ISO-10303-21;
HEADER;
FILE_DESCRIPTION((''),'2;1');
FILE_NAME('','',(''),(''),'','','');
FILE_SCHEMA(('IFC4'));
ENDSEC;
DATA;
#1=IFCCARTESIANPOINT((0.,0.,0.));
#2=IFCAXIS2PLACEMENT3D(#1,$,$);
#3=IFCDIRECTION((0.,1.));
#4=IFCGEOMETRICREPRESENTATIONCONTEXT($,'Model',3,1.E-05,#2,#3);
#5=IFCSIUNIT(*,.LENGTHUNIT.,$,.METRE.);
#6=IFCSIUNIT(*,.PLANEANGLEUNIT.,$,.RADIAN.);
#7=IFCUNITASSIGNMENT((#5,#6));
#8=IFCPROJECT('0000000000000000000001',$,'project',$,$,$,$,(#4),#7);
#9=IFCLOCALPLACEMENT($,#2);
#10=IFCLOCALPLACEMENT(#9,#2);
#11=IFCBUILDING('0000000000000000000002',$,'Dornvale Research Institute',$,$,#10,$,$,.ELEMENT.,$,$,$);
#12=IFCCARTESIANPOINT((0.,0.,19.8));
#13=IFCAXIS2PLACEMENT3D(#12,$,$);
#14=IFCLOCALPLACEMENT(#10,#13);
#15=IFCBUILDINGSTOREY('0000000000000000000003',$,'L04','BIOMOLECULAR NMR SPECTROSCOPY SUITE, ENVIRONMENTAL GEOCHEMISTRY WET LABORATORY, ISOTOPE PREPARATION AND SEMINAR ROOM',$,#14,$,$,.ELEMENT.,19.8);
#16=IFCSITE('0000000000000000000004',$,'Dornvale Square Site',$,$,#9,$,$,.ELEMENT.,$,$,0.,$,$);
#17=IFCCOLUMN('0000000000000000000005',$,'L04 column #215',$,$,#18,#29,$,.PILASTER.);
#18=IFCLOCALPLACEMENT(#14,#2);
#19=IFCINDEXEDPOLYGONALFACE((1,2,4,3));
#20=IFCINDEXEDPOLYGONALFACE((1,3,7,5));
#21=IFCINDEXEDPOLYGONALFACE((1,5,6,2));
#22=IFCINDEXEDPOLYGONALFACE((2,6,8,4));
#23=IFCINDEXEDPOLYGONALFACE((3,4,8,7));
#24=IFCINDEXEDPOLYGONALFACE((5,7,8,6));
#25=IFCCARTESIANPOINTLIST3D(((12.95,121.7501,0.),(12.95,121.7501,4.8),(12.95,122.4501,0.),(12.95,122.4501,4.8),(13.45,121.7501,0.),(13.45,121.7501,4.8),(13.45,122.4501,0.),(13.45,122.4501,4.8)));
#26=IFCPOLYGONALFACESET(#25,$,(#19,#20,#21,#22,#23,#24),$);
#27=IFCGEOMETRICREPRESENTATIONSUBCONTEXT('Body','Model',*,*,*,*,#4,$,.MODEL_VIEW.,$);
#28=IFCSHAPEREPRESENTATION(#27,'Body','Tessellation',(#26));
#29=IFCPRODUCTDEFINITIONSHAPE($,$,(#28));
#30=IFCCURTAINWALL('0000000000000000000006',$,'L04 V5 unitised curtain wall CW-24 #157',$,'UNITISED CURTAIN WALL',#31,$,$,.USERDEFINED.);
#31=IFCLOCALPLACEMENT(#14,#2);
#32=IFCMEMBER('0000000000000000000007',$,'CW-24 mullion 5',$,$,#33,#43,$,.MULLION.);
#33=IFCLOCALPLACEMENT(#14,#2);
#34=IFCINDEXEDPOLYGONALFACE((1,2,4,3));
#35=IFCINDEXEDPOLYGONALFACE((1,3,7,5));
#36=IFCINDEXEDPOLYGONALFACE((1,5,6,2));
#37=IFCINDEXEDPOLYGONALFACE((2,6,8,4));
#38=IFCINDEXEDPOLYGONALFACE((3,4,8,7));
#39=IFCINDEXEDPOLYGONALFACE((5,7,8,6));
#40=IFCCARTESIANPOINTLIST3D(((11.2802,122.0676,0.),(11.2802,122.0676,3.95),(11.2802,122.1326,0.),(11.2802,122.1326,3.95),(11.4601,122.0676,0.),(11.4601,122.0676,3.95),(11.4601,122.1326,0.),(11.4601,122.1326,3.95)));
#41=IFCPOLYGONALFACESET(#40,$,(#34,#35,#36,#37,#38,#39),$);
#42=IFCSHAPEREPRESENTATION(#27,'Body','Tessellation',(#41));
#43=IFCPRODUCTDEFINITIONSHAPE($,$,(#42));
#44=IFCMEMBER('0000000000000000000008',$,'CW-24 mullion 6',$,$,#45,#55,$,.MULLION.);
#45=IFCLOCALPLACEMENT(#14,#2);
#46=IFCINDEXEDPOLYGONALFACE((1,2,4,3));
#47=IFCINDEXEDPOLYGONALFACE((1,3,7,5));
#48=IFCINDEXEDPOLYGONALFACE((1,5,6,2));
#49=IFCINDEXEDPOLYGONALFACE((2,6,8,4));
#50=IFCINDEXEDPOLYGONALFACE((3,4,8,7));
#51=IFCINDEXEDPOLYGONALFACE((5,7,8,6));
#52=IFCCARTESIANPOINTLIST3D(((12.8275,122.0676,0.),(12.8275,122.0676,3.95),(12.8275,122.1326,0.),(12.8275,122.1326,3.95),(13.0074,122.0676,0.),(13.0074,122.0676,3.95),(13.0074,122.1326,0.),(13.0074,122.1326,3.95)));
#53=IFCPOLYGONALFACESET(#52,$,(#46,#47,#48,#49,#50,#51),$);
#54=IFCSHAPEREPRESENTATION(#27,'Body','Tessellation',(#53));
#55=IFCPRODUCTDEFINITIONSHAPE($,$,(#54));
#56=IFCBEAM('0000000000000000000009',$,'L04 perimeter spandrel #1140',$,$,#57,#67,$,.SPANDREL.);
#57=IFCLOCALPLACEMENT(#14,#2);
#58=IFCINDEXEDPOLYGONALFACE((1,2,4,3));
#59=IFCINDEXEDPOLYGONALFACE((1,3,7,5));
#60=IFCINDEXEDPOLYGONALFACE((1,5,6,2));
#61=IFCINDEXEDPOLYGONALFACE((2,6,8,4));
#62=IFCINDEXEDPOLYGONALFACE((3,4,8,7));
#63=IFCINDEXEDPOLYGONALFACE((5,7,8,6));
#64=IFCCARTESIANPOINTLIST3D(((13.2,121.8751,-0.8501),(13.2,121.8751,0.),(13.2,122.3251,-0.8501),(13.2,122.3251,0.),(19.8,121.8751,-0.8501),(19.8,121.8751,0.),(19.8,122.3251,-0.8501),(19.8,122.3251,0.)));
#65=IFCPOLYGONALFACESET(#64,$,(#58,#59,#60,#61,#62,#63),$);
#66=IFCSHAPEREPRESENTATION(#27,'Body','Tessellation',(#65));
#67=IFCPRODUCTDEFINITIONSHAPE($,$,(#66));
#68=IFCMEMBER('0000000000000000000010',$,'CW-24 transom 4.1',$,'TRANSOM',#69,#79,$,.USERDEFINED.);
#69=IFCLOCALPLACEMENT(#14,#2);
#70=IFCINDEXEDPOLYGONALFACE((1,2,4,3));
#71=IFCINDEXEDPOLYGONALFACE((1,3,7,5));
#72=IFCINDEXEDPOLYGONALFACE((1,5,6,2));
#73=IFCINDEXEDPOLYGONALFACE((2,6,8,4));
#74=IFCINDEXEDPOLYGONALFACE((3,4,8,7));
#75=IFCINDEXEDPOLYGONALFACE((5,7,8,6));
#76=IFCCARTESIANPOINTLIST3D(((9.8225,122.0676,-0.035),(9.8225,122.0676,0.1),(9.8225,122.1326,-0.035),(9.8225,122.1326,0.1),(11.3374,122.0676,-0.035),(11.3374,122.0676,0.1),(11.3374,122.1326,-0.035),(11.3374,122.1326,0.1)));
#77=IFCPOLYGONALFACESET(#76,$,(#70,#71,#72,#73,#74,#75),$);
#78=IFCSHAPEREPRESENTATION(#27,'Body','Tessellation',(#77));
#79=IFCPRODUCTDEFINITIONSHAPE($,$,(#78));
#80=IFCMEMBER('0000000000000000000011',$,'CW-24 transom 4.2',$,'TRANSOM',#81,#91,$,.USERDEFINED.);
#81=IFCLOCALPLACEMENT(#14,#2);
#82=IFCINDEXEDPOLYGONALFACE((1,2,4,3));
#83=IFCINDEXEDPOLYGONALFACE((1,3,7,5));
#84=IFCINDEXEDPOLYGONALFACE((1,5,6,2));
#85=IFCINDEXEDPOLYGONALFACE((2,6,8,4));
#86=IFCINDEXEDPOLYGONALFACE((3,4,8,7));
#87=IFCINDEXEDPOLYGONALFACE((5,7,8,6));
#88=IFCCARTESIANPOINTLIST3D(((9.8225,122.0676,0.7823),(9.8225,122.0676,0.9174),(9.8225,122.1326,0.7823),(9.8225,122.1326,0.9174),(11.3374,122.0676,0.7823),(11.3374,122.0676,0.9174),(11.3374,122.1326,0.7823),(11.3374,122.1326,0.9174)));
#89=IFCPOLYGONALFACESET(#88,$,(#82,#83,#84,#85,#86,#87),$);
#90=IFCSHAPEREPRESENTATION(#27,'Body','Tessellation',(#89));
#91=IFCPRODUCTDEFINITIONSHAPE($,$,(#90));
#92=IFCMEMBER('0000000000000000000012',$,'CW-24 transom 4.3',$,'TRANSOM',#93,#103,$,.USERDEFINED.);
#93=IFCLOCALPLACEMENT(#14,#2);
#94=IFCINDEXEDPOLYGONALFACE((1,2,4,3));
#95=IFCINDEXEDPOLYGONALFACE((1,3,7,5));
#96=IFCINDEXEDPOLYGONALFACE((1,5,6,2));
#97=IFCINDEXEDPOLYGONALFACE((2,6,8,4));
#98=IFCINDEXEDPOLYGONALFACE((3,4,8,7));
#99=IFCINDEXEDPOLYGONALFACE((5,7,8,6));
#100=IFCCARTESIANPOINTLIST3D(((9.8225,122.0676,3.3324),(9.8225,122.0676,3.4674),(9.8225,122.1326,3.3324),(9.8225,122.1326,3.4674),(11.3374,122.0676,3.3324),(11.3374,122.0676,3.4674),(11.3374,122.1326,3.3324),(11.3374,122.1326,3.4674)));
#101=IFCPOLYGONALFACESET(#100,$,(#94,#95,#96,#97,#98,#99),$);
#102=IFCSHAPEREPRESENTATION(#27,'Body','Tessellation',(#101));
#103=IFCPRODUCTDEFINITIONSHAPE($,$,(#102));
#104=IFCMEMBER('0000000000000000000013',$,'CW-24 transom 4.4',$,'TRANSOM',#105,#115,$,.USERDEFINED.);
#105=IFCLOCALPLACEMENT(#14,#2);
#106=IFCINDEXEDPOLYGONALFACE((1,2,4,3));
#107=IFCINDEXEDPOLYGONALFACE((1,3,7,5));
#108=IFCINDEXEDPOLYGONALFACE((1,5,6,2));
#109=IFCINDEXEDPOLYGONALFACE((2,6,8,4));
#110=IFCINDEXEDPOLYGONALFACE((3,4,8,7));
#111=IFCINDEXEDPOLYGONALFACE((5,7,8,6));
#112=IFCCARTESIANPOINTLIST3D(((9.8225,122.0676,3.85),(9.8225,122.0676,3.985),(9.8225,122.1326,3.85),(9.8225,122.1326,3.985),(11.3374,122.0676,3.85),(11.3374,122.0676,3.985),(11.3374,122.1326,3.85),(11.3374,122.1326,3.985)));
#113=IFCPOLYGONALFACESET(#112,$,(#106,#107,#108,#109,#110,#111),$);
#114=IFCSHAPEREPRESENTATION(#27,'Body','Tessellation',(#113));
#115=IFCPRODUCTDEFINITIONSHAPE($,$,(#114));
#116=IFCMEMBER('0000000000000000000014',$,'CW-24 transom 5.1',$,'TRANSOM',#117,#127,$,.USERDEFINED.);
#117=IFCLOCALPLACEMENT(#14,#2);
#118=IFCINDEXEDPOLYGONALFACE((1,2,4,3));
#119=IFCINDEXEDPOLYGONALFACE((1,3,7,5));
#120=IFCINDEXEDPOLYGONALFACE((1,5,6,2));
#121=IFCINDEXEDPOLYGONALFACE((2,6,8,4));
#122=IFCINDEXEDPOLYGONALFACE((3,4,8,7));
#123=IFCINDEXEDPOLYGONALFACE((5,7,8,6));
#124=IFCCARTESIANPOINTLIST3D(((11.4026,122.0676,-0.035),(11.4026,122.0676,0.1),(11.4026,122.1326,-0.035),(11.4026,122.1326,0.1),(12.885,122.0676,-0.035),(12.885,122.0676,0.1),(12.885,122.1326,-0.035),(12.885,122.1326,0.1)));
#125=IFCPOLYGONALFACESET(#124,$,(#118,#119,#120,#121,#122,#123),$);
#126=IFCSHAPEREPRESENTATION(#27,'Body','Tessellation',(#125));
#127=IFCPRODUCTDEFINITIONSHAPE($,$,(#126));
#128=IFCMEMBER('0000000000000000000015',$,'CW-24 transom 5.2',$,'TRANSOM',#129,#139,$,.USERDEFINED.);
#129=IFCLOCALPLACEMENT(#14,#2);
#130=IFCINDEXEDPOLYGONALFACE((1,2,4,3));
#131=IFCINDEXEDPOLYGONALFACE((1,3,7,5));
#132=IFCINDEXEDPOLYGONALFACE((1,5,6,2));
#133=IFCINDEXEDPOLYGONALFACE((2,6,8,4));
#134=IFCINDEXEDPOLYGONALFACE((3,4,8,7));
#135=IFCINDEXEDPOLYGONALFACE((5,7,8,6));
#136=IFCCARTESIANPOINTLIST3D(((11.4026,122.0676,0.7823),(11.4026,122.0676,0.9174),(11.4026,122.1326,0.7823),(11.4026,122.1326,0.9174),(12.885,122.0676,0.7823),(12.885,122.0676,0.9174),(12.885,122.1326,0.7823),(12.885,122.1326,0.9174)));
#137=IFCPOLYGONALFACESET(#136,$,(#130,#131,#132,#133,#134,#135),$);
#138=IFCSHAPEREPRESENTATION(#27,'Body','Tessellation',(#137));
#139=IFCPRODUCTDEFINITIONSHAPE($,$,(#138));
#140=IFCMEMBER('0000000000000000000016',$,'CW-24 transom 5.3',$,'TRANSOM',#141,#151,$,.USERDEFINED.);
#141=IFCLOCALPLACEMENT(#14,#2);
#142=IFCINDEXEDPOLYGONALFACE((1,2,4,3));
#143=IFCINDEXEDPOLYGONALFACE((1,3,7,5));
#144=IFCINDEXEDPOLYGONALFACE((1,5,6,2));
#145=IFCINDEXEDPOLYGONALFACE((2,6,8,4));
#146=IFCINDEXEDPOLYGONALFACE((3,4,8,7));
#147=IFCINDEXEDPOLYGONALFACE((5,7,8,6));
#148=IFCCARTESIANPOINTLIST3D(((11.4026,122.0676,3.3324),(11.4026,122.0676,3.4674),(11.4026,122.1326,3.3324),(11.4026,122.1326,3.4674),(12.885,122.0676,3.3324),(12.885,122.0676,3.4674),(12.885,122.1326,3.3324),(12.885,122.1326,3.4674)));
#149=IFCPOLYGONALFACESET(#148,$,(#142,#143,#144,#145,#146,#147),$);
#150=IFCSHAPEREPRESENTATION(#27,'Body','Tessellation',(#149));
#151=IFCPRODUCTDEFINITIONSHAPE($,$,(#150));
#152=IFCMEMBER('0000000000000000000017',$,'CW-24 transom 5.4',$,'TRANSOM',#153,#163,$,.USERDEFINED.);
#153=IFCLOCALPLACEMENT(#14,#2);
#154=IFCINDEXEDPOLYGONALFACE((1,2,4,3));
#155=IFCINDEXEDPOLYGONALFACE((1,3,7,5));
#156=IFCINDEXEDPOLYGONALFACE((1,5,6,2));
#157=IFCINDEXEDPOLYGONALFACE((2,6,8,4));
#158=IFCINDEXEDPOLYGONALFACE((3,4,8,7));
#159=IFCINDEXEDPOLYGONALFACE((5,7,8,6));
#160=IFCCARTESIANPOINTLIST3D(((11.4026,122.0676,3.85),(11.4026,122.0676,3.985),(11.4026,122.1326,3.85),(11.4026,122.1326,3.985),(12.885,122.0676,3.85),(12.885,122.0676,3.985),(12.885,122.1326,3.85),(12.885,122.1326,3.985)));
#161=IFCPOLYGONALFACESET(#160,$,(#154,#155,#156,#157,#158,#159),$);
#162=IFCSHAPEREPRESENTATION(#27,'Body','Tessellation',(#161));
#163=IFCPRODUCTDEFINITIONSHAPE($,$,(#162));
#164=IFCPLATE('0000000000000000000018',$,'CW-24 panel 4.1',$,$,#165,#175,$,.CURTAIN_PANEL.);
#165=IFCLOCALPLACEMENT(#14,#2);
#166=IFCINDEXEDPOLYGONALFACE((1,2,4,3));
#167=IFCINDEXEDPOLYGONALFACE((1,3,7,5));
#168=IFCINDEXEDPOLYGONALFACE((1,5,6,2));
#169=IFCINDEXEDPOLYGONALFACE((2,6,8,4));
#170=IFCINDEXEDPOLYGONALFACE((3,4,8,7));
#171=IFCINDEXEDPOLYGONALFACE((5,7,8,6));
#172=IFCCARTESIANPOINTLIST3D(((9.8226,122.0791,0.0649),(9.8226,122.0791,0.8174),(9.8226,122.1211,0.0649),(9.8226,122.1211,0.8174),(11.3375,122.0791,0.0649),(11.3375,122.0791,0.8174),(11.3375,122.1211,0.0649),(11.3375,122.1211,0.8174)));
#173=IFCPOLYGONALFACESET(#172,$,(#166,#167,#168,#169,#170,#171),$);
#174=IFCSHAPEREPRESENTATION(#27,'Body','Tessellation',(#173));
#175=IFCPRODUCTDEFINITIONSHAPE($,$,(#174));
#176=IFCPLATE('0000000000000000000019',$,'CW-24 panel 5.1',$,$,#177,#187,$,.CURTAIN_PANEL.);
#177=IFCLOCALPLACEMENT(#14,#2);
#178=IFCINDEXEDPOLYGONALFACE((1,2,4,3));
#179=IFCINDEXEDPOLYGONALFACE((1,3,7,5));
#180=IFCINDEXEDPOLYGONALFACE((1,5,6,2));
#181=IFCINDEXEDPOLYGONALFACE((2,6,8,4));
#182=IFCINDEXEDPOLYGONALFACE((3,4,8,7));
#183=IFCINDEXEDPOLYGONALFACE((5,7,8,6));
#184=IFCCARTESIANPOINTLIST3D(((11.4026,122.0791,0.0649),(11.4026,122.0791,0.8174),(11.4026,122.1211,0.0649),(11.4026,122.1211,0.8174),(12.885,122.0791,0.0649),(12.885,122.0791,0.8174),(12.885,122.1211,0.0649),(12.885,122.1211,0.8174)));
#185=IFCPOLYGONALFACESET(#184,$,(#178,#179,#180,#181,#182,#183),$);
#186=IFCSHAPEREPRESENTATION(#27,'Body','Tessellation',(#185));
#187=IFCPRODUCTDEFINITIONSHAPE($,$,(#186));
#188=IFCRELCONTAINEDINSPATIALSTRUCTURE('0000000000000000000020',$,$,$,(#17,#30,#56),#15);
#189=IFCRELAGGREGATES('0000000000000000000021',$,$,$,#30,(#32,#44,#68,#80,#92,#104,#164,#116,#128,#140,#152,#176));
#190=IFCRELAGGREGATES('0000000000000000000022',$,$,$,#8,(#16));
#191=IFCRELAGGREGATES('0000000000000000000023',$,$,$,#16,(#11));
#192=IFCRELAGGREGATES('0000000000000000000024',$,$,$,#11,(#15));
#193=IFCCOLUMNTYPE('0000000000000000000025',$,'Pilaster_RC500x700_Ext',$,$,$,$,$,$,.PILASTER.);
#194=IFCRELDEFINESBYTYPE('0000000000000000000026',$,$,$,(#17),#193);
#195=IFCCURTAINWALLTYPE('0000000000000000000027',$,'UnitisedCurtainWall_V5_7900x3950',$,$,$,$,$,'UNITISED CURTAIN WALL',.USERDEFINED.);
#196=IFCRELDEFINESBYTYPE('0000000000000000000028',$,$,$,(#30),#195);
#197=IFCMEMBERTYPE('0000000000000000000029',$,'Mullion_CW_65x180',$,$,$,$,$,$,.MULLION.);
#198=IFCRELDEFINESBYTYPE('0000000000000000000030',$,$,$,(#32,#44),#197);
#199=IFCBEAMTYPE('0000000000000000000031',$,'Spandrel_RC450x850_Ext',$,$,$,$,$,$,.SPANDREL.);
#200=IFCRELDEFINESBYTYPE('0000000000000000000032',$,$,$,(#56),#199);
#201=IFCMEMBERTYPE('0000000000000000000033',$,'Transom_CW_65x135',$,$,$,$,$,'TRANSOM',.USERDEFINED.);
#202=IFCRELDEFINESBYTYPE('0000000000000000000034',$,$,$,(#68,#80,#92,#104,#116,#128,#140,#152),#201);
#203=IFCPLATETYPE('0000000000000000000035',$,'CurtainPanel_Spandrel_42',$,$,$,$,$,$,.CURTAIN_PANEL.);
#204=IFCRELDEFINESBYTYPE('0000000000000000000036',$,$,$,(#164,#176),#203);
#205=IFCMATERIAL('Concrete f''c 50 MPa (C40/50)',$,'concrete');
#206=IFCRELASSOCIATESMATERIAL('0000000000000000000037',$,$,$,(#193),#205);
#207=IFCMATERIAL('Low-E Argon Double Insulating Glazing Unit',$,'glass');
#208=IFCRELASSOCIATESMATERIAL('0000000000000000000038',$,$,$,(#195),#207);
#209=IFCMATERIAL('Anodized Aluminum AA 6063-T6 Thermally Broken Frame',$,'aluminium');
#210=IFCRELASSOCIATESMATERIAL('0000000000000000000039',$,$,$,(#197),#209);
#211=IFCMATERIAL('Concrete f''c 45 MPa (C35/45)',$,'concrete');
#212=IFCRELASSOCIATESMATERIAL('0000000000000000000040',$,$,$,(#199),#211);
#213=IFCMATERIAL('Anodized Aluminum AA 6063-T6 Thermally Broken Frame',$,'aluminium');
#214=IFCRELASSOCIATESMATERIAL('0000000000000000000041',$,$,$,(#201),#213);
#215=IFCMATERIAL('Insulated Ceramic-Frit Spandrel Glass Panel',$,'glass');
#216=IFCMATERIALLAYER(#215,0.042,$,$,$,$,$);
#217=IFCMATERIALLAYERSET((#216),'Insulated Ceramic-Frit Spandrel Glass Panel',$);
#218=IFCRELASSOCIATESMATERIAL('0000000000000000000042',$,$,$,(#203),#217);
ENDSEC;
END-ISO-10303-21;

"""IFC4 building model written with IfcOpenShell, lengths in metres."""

from ifc_helpers import new_model, si_unit, direction, frame, origin, origin_2d, place, context, subcontext, project, spatial, rectangle, extrude, material, layer, layer_set, material_profile, profile_set, type_object, element, aggregate, save


model = new_model("IFC4")

# Units and contexts
model_context = context("Model", 3, precision=1e-05, world=origin(), true_north=direction((0.0, 1.0)))
body_context = subcontext(model_context, "Body", "Model", "MODEL_VIEW")
ifc_project = project(units=[si_unit("LENGTHUNIT", "METRE"), si_unit("PLANEANGLEUNIT", "RADIAN")], contexts=[model_context])

# Site, building, storey
site_placement = place(None, origin())
site = spatial("IfcSite", under=ifc_project, at=site_placement, Name="Dornvale Square Site", CompositionType="ELEMENT", RefElevation=0.0)
building_placement = place(site_placement, origin())
building = spatial("IfcBuilding", under=site, at=building_placement, Name="Dornvale Research Institute", CompositionType="ELEMENT")
storey_placement = place(building_placement, frame((0.0, 0.0, 19.8)))
storey = spatial("IfcBuildingStorey", under=building, at=storey_placement, Name="L04", Description="BIOMOLECULAR NMR SPECTROSCOPY SUITE, ENVIRONMENTAL GEOCHEMISTRY WET LABORATORY, ISOTOPE PREPARATION AND SEMINAR ROOM", CompositionType="ELEMENT", Elevation=19.8)

# Column
ifc_material_1 = material(Name="Concrete f'c 50 MPa (C40/50)", Category="concrete")
ifc_material_profile_1 = material_profile(ifc_material_1, rectangle(XDim=0.5, YDim=0.7, at=origin_2d()), Name="RC 500x700")
ifc_profile_set_1 = profile_set([ifc_material_profile_1], Name="Concrete f'c 50 MPa (C40/50)")
column_type = type_object("IfcColumnType", Name="Pilaster_RC500x700_Ext", PredefinedType="PILASTER", material=ifc_profile_set_1)
column_placement = place(storey_placement, frame((13.2, 122.1001, 0.0), z_axis=(0.0, 0.0, 1.0), x_axis=(1.0, 0.0, 0.0)))
element("IfcColumn", 1, at=column_placement, inside=storey, type_object=column_type, Name="L04 column #215", PredefinedType="PILASTER", context=body_context, shape_type="SweptSolid", body=[
    extrude(rectangle(XDim=0.5, YDim=0.7, at=origin_2d()), origin(), (0.0, 0.0, 1.0), 4.8),
])

# Curtain wall, members
ifc_material_2 = material(Name="Low-E Argon Double Insulating Glazing Unit", Category="glass")
curtain_wall_type = type_object("IfcCurtainWallType", Name="UnitisedCurtainWall_V5_7900x3950", ElementType="UNITISED CURTAIN WALL", PredefinedType="USERDEFINED", material=ifc_material_2)
curtain_wall_placement = place(storey_placement, origin())
curtain_wall = element("IfcCurtainWall", 2, at=curtain_wall_placement, inside=storey, type_object=curtain_wall_type, Name="L04 V5 unitised curtain wall CW-24 #157", ObjectType="UNITISED CURTAIN WALL", PredefinedType="USERDEFINED")
ifc_material_3 = material(Name="Anodized Aluminum AA 6063-T6 Thermally Broken Frame", Category="aluminium")
ifc_material_profile_2 = material_profile(ifc_material_3, rectangle(XDim=0.0649, YDim=0.1799, at=origin_2d()), Name="ALU MULLION 65x180")
ifc_profile_set_2 = profile_set([ifc_material_profile_2], Name="Anodized Aluminum AA 6063-T6 Thermally Broken Frame")
member_type_1 = type_object("IfcMemberType", Name="Mullion_CW_65x180", PredefinedType="MULLION", material=ifc_profile_set_2)
member_1_placement = place(storey_placement, frame((11.3701, 122.1001, 0.0), z_axis=(0.0, 0.0, 1.0), x_axis=(0.0, 1.0, 0.0)))
member_1 = element("IfcMember", 3, at=member_1_placement, type_object=member_type_1, Name="CW-24 mullion 5", PredefinedType="MULLION", context=body_context, shape_type="SweptSolid", body=[
    extrude(rectangle(XDim=0.0649, YDim=0.1799, at=origin_2d()), origin(), (0.0, 0.0, 1.0), 3.95),
])
member_2_placement = place(storey_placement, frame((12.9175, 122.1001, 0.0), z_axis=(0.0, 0.0, 1.0), x_axis=(0.0, 1.0, 0.0)))
member_2 = element("IfcMember", 4, at=member_2_placement, type_object=member_type_1, Name="CW-24 mullion 6", PredefinedType="MULLION", context=body_context, shape_type="SweptSolid", body=[
    extrude(rectangle(XDim=0.0649, YDim=0.1799, at=origin_2d()), origin(), (0.0, 0.0, 1.0), 3.95),
])

# Beam
ifc_material_4 = material(Name="Concrete f'c 45 MPa (C35/45)", Category="concrete")
ifc_material_profile_3 = material_profile(ifc_material_4, rectangle(XDim=0.45, YDim=0.8501, at=origin_2d()), Name="RC 450x850")
ifc_profile_set_3 = profile_set([ifc_material_profile_3], Name="Concrete f'c 45 MPa (C35/45)")
beam_type = type_object("IfcBeamType", Name="Spandrel_RC450x850_Ext", PredefinedType="SPANDREL", material=ifc_profile_set_3)
beam_placement = place(storey_placement, frame((13.2, 122.1001, -0.425), z_axis=(1.0, 0.0, 0.0), x_axis=(0.0, 1.0, 0.0)))
element("IfcBeam", 5, at=beam_placement, inside=storey, type_object=beam_type, Name="L04 perimeter spandrel #1140", PredefinedType="SPANDREL", context=body_context, shape_type="SweptSolid", body=[
    extrude(rectangle(XDim=0.45, YDim=0.8501, at=origin_2d()), origin(), (0.0, 0.0, 1.0), 6.6001),
])

# Members
ifc_material_5 = material(Name="Anodized Aluminum AA 6063-T6 Thermally Broken Frame", Category="aluminium")
ifc_material_profile_4 = material_profile(ifc_material_5, rectangle(XDim=0.0649, YDim=0.135, at=origin_2d()), Name="ALU TRANSOM 65x135")
ifc_profile_set_4 = profile_set([ifc_material_profile_4], Name="Anodized Aluminum AA 6063-T6 Thermally Broken Frame")
member_type_2 = type_object("IfcMemberType", Name="Transom_CW_65x135", ElementType="TRANSOM", PredefinedType="USERDEFINED", material=ifc_profile_set_4)
member_3_placement = place(storey_placement, frame((9.8225, 122.1001, 0.0325), z_axis=(1.0, 0.0, 0.0), x_axis=(0.0, 1.0, 0.0)))
member_3 = element("IfcMember", 6, at=member_3_placement, type_object=member_type_2, Name="CW-24 transom 4.1", ObjectType="TRANSOM", PredefinedType="USERDEFINED", context=body_context, shape_type="SweptSolid", body=[
    extrude(rectangle(XDim=0.0649, YDim=0.135, at=origin_2d()), origin(), (0.0, 0.0, 1.0), 1.5149),
])
member_4_placement = place(storey_placement, frame((9.8225, 122.1001, 0.8499), z_axis=(1.0, 0.0, 0.0), x_axis=(0.0, 1.0, 0.0)))
member_4 = element("IfcMember", 7, at=member_4_placement, type_object=member_type_2, Name="CW-24 transom 4.2", ObjectType="TRANSOM", PredefinedType="USERDEFINED", context=body_context, shape_type="SweptSolid", body=[
    extrude(rectangle(XDim=0.0649, YDim=0.135, at=origin_2d()), origin(), (0.0, 0.0, 1.0), 1.5149),
])
member_5_placement = place(storey_placement, frame((9.8225, 122.1001, 3.3999), z_axis=(1.0, 0.0, 0.0), x_axis=(0.0, 1.0, 0.0)))
member_5 = element("IfcMember", 8, at=member_5_placement, type_object=member_type_2, Name="CW-24 transom 4.3", ObjectType="TRANSOM", PredefinedType="USERDEFINED", context=body_context, shape_type="SweptSolid", body=[
    extrude(rectangle(XDim=0.0649, YDim=0.135, at=origin_2d()), origin(), (0.0, 0.0, 1.0), 1.5149),
])
member_6_placement = place(storey_placement, frame((9.8225, 122.1001, 3.9175), z_axis=(1.0, 0.0, 0.0), x_axis=(0.0, 1.0, 0.0)))
member_6 = element("IfcMember", 9, at=member_6_placement, type_object=member_type_2, Name="CW-24 transom 4.4", ObjectType="TRANSOM", PredefinedType="USERDEFINED", context=body_context, shape_type="SweptSolid", body=[
    extrude(rectangle(XDim=0.0649, YDim=0.135, at=origin_2d()), origin(), (0.0, 0.0, 1.0), 1.5149),
])
member_7_placement = place(storey_placement, frame((11.4026, 122.1001, 0.0325), z_axis=(1.0, 0.0, 0.0), x_axis=(0.0, 1.0, 0.0)))
member_7 = element("IfcMember", 10, at=member_7_placement, type_object=member_type_2, Name="CW-24 transom 5.1", ObjectType="TRANSOM", PredefinedType="USERDEFINED", context=body_context, shape_type="SweptSolid", body=[
    extrude(rectangle(XDim=0.0649, YDim=0.135, at=origin_2d()), origin(), (0.0, 0.0, 1.0), 1.4824),
])
member_8_placement = place(storey_placement, frame((11.4026, 122.1001, 0.8499), z_axis=(1.0, 0.0, 0.0), x_axis=(0.0, 1.0, 0.0)))
member_8 = element("IfcMember", 11, at=member_8_placement, type_object=member_type_2, Name="CW-24 transom 5.2", ObjectType="TRANSOM", PredefinedType="USERDEFINED", context=body_context, shape_type="SweptSolid", body=[
    extrude(rectangle(XDim=0.0649, YDim=0.135, at=origin_2d()), origin(), (0.0, 0.0, 1.0), 1.4824),
])
member_9_placement = place(storey_placement, frame((11.4026, 122.1001, 3.3999), z_axis=(1.0, 0.0, 0.0), x_axis=(0.0, 1.0, 0.0)))
member_9 = element("IfcMember", 12, at=member_9_placement, type_object=member_type_2, Name="CW-24 transom 5.3", ObjectType="TRANSOM", PredefinedType="USERDEFINED", context=body_context, shape_type="SweptSolid", body=[
    extrude(rectangle(XDim=0.0649, YDim=0.135, at=origin_2d()), origin(), (0.0, 0.0, 1.0), 1.4824),
])
member_10_placement = place(storey_placement, frame((11.4026, 122.1001, 3.9175), z_axis=(1.0, 0.0, 0.0), x_axis=(0.0, 1.0, 0.0)))
member_10 = element("IfcMember", 13, at=member_10_placement, type_object=member_type_2, Name="CW-24 transom 5.4", ObjectType="TRANSOM", PredefinedType="USERDEFINED", context=body_context, shape_type="SweptSolid", body=[
    extrude(rectangle(XDim=0.0649, YDim=0.135, at=origin_2d()), origin(), (0.0, 0.0, 1.0), 1.4824),
])

# Plates
ifc_material_6 = material(Name="Insulated Ceramic-Frit Spandrel Glass Panel", Category="glass")
ifc_layer_1 = layer(ifc_material_6, 0.042)
ifc_layer_set_1 = layer_set([ifc_layer_1], Name="Insulated Ceramic-Frit Spandrel Glass Panel")
plate_type_1 = type_object("IfcPlateType", Name="CurtainPanel_Spandrel_42", PredefinedType="CURTAIN_PANEL", material=ifc_layer_set_1)
plate_1_placement = place(storey_placement, frame((10.5801, 122.1001, 0.0649), z_axis=(0.0, 0.0, 1.0), x_axis=(1.0, 0.0, 0.0)))
plate_1 = element("IfcPlate", 14, at=plate_1_placement, type_object=plate_type_1, Name="CW-24 panel 4.1", PredefinedType="CURTAIN_PANEL", context=body_context, shape_type="SweptSolid", body=[
    extrude(rectangle(XDim=1.5149, YDim=0.042, at=origin_2d()), origin(), (0.0, 0.0, 1.0), 0.7524),
])
plate_2_placement = place(storey_placement, frame((12.1438, 122.1001, 0.0649), z_axis=(0.0, 0.0, 1.0), x_axis=(1.0, 0.0, 0.0)))
plate_2 = element("IfcPlate", 15, at=plate_2_placement, type_object=plate_type_1, Name="CW-24 panel 5.1", PredefinedType="CURTAIN_PANEL", context=body_context, shape_type="SweptSolid", body=[
    extrude(rectangle(XDim=1.4824, YDim=0.042, at=origin_2d()), origin(), (0.0, 0.0, 1.0), 0.7524),
])
aggregate(curtain_wall, [member_1, member_2, member_3, member_4, member_5, member_6, plate_1, member_7, member_8, member_9, member_10, plate_2])

save(model, "model.ifc")
